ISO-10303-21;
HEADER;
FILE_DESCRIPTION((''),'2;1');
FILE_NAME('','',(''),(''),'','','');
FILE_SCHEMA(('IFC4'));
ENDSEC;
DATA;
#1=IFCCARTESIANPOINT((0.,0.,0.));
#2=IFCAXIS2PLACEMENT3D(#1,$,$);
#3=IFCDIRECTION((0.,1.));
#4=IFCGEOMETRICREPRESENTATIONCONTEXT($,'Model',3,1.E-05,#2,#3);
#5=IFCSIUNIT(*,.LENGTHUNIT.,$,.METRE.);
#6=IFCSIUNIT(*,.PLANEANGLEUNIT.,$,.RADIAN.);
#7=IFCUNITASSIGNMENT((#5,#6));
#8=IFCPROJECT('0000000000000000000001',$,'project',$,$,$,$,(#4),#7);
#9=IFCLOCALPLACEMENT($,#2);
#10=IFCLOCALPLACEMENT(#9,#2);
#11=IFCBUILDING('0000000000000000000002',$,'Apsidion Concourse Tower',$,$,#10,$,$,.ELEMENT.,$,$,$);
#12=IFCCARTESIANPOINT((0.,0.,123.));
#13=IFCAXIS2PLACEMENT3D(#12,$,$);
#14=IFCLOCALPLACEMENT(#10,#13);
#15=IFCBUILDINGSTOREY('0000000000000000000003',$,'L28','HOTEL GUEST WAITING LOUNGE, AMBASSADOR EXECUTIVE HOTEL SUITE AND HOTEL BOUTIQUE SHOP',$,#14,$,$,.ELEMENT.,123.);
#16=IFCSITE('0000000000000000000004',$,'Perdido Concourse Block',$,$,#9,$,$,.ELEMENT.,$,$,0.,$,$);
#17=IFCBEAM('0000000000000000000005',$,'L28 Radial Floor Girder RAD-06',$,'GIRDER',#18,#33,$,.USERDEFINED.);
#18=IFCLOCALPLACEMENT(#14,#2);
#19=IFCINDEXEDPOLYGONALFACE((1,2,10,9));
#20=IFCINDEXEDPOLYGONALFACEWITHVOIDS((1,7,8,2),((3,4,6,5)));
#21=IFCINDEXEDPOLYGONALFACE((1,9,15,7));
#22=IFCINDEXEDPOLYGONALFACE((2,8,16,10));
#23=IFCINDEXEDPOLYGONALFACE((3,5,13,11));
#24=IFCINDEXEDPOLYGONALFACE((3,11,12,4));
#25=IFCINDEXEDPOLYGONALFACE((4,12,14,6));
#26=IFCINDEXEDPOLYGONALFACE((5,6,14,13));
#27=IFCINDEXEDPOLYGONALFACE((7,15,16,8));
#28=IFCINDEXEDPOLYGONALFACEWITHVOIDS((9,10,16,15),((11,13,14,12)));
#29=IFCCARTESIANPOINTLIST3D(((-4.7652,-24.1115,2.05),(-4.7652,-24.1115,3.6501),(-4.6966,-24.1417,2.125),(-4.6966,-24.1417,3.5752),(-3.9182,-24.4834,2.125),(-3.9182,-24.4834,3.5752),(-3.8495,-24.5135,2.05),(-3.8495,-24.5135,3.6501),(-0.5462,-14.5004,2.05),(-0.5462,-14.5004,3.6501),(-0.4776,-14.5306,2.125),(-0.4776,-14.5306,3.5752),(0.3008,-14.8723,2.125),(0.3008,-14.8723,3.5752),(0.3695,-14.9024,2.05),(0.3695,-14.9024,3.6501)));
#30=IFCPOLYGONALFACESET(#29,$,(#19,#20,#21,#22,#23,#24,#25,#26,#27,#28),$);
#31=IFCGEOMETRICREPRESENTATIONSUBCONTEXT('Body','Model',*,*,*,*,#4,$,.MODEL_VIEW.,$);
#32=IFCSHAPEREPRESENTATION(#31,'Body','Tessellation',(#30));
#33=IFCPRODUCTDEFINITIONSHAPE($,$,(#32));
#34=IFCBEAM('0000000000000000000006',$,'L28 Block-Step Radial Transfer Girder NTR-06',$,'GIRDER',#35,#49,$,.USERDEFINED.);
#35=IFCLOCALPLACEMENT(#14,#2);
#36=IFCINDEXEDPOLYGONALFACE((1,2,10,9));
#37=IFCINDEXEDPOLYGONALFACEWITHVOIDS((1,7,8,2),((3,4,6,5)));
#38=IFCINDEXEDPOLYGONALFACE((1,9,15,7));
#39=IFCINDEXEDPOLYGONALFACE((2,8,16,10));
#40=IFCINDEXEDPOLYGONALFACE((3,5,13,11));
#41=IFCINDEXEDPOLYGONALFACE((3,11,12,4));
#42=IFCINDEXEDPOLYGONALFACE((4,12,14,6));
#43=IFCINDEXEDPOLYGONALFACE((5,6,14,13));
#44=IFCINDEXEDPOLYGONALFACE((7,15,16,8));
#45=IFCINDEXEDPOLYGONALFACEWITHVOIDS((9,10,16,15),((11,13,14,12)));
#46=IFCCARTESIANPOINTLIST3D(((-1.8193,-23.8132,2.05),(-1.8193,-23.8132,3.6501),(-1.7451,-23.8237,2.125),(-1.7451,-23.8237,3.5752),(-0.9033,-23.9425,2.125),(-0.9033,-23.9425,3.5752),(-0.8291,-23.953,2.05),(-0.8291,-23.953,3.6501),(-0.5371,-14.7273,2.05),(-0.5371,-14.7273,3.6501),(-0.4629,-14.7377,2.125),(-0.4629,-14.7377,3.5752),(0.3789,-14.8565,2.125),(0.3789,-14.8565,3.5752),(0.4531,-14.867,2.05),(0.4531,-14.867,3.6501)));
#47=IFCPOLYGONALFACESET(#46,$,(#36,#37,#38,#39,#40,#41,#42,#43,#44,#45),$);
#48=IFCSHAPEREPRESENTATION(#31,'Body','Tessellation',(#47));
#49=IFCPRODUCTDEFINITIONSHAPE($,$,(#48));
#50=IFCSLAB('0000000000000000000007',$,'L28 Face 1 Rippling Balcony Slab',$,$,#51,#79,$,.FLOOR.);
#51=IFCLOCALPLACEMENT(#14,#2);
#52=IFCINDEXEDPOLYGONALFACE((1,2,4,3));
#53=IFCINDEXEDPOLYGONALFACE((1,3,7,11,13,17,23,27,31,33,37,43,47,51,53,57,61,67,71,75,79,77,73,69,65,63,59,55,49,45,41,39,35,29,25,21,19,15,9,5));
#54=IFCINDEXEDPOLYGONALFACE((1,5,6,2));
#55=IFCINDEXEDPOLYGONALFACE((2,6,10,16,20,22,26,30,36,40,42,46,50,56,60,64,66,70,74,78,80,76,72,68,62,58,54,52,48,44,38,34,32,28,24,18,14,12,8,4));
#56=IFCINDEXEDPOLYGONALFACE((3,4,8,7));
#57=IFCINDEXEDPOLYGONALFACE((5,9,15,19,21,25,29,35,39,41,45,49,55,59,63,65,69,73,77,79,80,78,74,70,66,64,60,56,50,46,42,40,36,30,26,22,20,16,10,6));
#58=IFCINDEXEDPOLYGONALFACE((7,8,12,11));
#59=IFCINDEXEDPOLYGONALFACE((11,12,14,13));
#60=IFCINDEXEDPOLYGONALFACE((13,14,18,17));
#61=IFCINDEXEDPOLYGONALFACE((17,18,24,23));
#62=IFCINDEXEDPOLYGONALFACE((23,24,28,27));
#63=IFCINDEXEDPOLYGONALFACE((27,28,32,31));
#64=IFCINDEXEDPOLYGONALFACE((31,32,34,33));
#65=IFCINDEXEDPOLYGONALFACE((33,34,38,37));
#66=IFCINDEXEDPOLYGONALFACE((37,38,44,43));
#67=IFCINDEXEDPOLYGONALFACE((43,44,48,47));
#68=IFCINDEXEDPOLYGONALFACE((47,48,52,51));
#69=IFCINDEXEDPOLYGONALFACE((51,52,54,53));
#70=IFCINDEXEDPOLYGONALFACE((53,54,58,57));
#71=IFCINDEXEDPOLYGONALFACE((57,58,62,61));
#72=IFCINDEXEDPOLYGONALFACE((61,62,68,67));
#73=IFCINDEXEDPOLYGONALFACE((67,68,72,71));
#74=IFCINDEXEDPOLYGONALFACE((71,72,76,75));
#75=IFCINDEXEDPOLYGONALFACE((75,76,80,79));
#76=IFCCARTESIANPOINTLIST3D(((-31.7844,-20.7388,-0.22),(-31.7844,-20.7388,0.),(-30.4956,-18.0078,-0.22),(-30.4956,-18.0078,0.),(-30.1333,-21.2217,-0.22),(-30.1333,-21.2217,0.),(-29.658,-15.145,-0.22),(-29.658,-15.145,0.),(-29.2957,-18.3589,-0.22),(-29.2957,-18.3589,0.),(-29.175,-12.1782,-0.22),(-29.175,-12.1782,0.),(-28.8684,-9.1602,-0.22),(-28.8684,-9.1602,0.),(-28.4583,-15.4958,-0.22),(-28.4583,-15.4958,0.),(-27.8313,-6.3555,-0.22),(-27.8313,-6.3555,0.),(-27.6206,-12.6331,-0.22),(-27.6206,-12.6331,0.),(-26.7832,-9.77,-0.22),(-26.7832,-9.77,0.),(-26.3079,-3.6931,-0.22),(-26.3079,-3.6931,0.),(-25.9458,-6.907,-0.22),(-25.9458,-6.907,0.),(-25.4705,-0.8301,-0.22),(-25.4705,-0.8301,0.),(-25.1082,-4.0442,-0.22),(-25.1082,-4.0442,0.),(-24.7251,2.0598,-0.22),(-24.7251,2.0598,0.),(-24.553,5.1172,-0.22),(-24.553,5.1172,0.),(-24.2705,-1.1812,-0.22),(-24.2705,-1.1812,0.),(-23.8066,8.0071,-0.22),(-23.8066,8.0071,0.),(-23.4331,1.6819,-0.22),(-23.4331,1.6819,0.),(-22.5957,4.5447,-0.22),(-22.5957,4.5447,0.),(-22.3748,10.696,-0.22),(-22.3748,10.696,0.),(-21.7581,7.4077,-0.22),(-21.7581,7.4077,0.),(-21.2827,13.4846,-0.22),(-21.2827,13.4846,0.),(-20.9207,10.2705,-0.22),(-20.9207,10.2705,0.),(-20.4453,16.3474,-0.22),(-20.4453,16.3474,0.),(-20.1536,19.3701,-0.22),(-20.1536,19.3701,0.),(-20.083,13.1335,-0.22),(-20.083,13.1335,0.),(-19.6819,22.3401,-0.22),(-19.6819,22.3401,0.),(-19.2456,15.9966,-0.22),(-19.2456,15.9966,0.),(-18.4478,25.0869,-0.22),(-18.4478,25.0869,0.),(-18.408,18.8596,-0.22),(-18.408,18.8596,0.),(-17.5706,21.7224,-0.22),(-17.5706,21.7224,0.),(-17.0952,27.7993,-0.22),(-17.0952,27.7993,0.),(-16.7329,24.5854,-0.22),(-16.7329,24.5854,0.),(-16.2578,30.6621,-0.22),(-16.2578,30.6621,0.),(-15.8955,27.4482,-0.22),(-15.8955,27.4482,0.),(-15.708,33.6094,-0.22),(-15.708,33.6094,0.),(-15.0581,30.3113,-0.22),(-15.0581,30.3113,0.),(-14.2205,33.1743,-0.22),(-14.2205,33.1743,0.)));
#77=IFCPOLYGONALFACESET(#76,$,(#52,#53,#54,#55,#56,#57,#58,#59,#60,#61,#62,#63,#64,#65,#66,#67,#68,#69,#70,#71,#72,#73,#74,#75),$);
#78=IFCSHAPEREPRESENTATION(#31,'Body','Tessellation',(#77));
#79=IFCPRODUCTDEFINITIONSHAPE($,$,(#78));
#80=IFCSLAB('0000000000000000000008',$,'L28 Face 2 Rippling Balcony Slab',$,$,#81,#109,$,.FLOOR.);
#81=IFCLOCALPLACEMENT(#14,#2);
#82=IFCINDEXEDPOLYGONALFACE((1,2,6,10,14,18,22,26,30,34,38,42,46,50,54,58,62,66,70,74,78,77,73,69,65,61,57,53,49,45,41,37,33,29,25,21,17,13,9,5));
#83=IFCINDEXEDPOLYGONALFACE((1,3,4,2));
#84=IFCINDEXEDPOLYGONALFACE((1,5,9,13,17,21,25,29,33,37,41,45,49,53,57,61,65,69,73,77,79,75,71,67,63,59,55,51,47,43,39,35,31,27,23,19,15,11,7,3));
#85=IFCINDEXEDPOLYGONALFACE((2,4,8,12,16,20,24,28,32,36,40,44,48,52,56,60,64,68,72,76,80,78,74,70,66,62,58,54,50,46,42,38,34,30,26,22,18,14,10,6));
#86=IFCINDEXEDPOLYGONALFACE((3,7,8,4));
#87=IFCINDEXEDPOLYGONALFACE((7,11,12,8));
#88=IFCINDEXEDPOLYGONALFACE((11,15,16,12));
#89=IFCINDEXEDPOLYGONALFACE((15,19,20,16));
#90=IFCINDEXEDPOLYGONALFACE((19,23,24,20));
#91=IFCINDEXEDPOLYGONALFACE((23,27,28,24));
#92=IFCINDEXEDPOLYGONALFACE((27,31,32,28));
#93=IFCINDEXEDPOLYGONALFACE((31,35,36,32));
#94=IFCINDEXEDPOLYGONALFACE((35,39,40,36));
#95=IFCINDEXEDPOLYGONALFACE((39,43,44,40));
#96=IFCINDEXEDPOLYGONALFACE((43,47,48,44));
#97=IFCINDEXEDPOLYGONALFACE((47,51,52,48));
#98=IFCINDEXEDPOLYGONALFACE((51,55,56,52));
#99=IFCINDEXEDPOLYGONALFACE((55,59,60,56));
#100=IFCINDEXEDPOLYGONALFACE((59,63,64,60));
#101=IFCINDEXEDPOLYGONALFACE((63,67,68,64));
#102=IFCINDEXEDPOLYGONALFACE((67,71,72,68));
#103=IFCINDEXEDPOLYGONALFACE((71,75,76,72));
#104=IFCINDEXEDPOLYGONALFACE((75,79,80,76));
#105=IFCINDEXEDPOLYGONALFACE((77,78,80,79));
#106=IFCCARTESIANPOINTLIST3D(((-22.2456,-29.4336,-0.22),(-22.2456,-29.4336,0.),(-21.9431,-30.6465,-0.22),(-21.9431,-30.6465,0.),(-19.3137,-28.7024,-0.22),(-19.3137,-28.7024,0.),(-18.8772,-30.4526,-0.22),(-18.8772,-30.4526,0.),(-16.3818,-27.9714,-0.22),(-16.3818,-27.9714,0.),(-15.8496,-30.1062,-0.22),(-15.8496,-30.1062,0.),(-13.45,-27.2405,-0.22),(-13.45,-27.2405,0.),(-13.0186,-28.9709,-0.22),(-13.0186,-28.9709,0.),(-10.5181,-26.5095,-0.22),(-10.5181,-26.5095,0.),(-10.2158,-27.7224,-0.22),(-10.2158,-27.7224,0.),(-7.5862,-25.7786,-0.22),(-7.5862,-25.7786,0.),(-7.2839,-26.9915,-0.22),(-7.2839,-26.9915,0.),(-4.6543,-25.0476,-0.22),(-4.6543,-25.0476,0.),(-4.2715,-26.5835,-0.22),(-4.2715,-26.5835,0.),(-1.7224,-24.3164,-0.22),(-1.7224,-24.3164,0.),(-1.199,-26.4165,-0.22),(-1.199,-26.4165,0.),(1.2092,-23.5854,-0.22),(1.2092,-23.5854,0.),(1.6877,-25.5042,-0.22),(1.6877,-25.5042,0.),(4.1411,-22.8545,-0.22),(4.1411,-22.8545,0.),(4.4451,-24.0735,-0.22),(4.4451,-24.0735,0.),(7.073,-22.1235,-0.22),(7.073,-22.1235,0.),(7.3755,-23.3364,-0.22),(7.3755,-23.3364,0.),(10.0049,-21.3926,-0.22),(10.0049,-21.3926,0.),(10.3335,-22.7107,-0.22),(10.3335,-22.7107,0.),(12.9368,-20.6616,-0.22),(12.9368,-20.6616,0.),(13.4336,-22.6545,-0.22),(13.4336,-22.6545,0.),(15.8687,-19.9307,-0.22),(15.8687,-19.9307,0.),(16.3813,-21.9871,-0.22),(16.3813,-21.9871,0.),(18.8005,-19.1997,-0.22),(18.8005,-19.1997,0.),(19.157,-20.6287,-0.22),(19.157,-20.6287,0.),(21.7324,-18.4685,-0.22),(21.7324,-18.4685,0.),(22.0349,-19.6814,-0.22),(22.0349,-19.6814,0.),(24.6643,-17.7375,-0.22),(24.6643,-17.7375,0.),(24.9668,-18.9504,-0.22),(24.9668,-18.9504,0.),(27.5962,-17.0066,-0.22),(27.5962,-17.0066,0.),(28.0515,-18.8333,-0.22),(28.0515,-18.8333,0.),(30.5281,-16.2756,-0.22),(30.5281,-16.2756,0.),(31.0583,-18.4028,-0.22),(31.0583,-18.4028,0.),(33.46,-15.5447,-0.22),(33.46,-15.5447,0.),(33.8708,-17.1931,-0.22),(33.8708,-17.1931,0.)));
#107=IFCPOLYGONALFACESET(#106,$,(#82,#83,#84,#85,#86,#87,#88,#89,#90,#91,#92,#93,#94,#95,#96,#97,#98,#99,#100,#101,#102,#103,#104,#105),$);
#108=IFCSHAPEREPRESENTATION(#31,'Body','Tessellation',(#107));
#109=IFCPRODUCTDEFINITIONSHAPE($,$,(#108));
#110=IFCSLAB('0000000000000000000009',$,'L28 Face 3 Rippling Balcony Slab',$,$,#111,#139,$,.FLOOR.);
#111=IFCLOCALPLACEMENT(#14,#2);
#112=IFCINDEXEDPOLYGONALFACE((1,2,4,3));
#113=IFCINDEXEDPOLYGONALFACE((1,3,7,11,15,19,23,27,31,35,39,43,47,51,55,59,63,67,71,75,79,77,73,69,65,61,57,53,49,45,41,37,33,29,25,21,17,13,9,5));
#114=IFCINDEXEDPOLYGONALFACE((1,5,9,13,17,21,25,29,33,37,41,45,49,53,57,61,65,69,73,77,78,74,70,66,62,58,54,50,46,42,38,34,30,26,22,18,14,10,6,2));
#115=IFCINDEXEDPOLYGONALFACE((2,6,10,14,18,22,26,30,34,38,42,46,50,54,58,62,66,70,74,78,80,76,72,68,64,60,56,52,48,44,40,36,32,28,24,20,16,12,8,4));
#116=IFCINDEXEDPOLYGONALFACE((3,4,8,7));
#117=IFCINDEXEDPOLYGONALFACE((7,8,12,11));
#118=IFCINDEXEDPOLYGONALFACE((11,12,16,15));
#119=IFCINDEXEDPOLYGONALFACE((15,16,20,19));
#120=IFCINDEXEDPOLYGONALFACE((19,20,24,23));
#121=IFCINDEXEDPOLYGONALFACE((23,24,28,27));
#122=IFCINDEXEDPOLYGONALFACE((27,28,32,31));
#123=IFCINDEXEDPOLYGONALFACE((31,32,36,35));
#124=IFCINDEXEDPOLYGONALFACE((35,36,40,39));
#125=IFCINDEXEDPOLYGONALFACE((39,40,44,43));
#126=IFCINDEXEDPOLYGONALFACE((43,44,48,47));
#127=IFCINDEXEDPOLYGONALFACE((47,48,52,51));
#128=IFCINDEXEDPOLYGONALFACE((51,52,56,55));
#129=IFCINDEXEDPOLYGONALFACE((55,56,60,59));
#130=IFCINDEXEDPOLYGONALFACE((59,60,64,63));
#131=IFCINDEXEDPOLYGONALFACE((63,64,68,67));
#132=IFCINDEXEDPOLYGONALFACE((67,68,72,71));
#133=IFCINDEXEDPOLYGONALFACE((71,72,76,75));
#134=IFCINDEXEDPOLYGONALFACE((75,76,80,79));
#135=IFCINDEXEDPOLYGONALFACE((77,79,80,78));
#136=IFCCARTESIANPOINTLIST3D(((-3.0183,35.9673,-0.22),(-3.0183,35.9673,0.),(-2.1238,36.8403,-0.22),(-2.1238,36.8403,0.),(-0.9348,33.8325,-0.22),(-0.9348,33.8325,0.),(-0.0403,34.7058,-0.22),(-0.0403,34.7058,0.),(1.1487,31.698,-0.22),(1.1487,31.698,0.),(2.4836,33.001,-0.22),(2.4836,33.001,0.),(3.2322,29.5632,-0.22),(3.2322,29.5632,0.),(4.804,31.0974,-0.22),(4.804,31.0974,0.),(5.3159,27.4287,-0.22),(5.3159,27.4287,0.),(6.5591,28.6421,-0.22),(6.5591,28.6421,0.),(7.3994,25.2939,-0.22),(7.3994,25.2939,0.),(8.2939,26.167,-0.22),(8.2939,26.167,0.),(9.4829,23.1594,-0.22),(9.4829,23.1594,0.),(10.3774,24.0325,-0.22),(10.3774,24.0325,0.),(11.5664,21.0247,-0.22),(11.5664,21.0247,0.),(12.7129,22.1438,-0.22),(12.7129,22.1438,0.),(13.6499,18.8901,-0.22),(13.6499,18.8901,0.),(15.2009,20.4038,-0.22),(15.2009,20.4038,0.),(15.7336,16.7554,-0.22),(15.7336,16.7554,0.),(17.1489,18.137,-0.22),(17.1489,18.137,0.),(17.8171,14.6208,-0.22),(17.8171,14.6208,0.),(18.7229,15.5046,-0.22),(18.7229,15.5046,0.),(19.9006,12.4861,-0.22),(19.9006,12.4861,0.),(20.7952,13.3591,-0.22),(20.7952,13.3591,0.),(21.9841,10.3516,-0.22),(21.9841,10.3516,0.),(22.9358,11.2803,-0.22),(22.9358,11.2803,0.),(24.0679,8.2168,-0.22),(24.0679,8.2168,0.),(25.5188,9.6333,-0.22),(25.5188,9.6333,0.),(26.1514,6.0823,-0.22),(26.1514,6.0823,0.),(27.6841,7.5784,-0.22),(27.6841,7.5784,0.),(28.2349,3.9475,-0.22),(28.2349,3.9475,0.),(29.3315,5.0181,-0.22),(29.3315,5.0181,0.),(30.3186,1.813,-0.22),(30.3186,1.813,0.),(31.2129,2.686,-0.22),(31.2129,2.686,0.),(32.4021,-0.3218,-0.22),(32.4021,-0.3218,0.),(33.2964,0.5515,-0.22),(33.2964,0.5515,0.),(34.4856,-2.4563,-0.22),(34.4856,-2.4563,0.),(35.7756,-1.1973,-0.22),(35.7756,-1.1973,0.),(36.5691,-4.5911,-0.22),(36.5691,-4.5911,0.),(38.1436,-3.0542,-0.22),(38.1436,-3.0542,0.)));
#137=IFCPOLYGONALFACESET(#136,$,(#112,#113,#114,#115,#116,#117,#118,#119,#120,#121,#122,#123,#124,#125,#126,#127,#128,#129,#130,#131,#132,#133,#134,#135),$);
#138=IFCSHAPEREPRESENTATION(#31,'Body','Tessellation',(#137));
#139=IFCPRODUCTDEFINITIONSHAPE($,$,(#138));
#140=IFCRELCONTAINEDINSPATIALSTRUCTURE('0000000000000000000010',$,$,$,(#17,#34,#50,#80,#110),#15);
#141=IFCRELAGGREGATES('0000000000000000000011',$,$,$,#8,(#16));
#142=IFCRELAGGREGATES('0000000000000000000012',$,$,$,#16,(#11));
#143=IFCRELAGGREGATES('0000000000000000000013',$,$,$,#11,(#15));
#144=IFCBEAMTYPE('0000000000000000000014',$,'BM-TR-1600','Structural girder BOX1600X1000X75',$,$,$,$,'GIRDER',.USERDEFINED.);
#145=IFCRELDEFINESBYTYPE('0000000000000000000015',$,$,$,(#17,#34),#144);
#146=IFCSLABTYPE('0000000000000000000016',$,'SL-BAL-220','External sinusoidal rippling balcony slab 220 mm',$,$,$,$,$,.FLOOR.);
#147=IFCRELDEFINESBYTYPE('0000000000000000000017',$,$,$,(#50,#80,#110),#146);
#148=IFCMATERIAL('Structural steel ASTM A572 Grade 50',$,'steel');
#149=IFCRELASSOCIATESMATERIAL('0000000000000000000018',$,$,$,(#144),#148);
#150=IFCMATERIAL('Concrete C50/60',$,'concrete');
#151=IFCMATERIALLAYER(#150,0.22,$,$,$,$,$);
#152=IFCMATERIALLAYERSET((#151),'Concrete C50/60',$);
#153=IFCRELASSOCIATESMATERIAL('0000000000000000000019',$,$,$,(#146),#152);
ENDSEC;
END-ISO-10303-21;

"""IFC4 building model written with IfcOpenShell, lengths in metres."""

from ifc_helpers import new_model, si_unit, direction, frame, origin, origin_2d, place, context, subcontext, project, spatial, polyline, hollow_rectangle, outline, extrude, material, layer, layer_set, material_profile, profile_set, type_object, element, save


model = new_model("IFC4")

# Units and contexts
model_context = context("Model", 3, precision=1e-05, world=origin(), true_north=direction((0.0, 1.0)))
body_context = subcontext(model_context, "Body", "Model", "MODEL_VIEW")
ifc_project = project(units=[si_unit("LENGTHUNIT", "METRE"), si_unit("PLANEANGLEUNIT", "RADIAN")], contexts=[model_context])

# Site, building, storey
site_placement = place(None, origin())
site = spatial("IfcSite", under=ifc_project, at=site_placement, Name="Perdido Concourse Block", CompositionType="ELEMENT", RefElevation=0.0)
building_placement = place(site_placement, origin())
building = spatial("IfcBuilding", under=site, at=building_placement, Name="Apsidion Concourse Tower", CompositionType="ELEMENT")
storey_placement = place(building_placement, frame((0.0, 0.0, 123.0)))
storey = spatial("IfcBuildingStorey", under=building, at=storey_placement, Name="L28", Description="HOTEL GUEST WAITING LOUNGE, AMBASSADOR EXECUTIVE HOTEL SUITE AND HOTEL BOUTIQUE SHOP", CompositionType="ELEMENT", Elevation=123.0)

# Shared definitions
ifc_material_1 = material(Name="Concrete C50/60", Category="concrete")

# Beams
ifc_material_2 = material(Name="Structural steel ASTM A572 Grade 50", Category="steel")
ifc_material_profile_1 = material_profile(ifc_material_2, hollow_rectangle(XDim=1.0, YDim=1.6001, WallThickness=0.075, at=origin_2d()), Name="BOX1600X1000X75")
ifc_profile_set_1 = profile_set([ifc_material_profile_1], Name="Structural steel ASTM A572 Grade 50")
beam_type_1 = type_object("IfcBeamType", Name="BM-TR-1600", Description="Structural girder BOX1600X1000X75", ElementType="GIRDER", PredefinedType="USERDEFINED", material=ifc_profile_set_1)
beam_1_placement = place(storey_placement, frame((-0.0884, -14.7014, 2.8501), z_axis=(-0.40195, -0.915662, 0.0), x_axis=(0.915662, -0.40195, 0.0)))
element("IfcBeam", 1, at=beam_1_placement, inside=storey, type_object=beam_type_1, Name="L28 Radial Floor Girder RAD-06", ObjectType="GIRDER", PredefinedType="USERDEFINED", context=body_context, shape_type="SweptSolid", body=[
    extrude(hollow_rectangle(XDim=1.0, YDim=1.6001, WallThickness=0.075, at=origin_2d()), origin(), (0.0, 0.0, 1.0), 10.4963),
])
beam_2_placement = place(storey_placement, frame((-0.042, -14.7971, 2.8501), z_axis=(-0.139737, -0.990189, 0.0), x_axis=(0.990189, -0.139737, 0.0)))
element("IfcBeam", 2, at=beam_2_placement, inside=storey, type_object=beam_type_1, Name="L28 Block-Step Radial Transfer Girder NTR-06", ObjectType="GIRDER", PredefinedType="USERDEFINED", context=body_context, shape_type="SweptSolid", body=[
    extrude(hollow_rectangle(XDim=1.0, YDim=1.6001, WallThickness=0.075, at=origin_2d()), origin(), (0.0, 0.0, 1.0), 9.176),
])

# Slabs
ifc_layer_1 = layer(ifc_material_1, 0.22)
ifc_layer_set_1 = layer_set([ifc_layer_1], Name="Concrete C50/60")
slab_type_1 = type_object("IfcSlabType", Name="SL-BAL-220", Description="External sinusoidal rippling balcony slab 220 mm", PredefinedType="FLOOR", material=ifc_layer_set_1)
slab_1_placement = place(storey_placement, frame((0.0, 0.0, -0.22)))
element("IfcSlab", 3, at=slab_1_placement, inside=storey, type_object=slab_type_1, Name="L28 Face 1 Rippling Balcony Slab", PredefinedType="FLOOR", context=body_context, shape_type="SweptSolid", body=[
    extrude(outline(polyline([(-14.2205, 33.1743), (-15.0581, 30.3113), (-15.8955, 27.4482), (-16.7329, 24.5854), (-17.5706, 21.7224), (-18.408, 18.8596), (-19.2456, 15.9966), (-20.083, 13.1335), (-20.9207, 10.2705), (-21.7581, 7.4077), (-22.5957, 4.5447), (-23.4331, 1.6819), (-24.2705, -1.1812), (-25.1082, -4.0442), (-25.9458, -6.907), (-26.7832, -9.77), (-27.6206, -12.6331), (-28.4583, -15.4958), (-29.2957, -18.3589), (-30.1333, -21.2217), (-31.7844, -20.7388), (-30.4956, -18.0078), (-29.658, -15.145), (-29.175, -12.1782), (-28.8684, -9.1602), (-27.8313, -6.3555), (-26.3079, -3.6931), (-25.4705, -0.8301), (-24.7251, 2.0598), (-24.553, 5.1172), (-23.8066, 8.0071), (-22.3748, 10.696), (-21.2827, 13.4846), (-20.4453, 16.3474), (-20.1536, 19.3701), (-19.6819, 22.3401), (-18.4478, 25.0869), (-17.0952, 27.7993), (-16.2578, 30.6621), (-15.708, 33.6094), (-14.2205, 33.1743)])), origin(), (0.0, 0.0, 1.0), 0.22),
])
slab_2_placement = place(storey_placement, frame((0.0, 0.0, -0.22)))
element("IfcSlab", 4, at=slab_2_placement, inside=storey, type_object=slab_type_1, Name="L28 Face 2 Rippling Balcony Slab", PredefinedType="FLOOR", context=body_context, shape_type="SweptSolid", body=[
    extrude(outline(polyline([(-22.2456, -29.4336), (-19.3137, -28.7024), (-16.3818, -27.9714), (-13.45, -27.2405), (-10.5181, -26.5095), (-7.5862, -25.7786), (-4.6543, -25.0476), (-1.7224, -24.3164), (1.2092, -23.5854), (4.1411, -22.8545), (7.073, -22.1235), (10.0049, -21.3926), (12.9368, -20.6616), (15.8687, -19.9307), (18.8005, -19.1997), (21.7324, -18.4685), (24.6643, -17.7375), (27.5962, -17.0066), (30.5281, -16.2756), (33.46, -15.5447), (33.8708, -17.1931), (31.0583, -18.4028), (28.0515, -18.8333), (24.9668, -18.9504), (22.0349, -19.6814), (19.157, -20.6287), (16.3813, -21.9871), (13.4336, -22.6545), (10.3335, -22.7107), (7.3755, -23.3364), (4.4451, -24.0735), (1.6877, -25.5042), (-1.199, -26.4165), (-4.2715, -26.5835), (-7.2839, -26.9915), (-10.2158, -27.7224), (-13.0186, -28.9709), (-15.8496, -30.1062), (-18.8772, -30.4526), (-21.9431, -30.6465), (-22.2456, -29.4336)])), origin(), (0.0, 0.0, 1.0), 0.22),
])
slab_3_placement = place(storey_placement, frame((0.0, 0.0, -0.22)))
element("IfcSlab", 5, at=slab_3_placement, inside=storey, type_object=slab_type_1, Name="L28 Face 3 Rippling Balcony Slab", PredefinedType="FLOOR", context=body_context, shape_type="SweptSolid", body=[
    extrude(outline(polyline([(36.5691, -4.5911), (34.4856, -2.4563), (32.4021, -0.3218), (30.3186, 1.813), (28.2349, 3.9475), (26.1514, 6.0823), (24.0679, 8.2168), (21.9841, 10.3516), (19.9006, 12.4861), (17.8171, 14.6208), (15.7336, 16.7554), (13.6499, 18.8901), (11.5664, 21.0247), (9.4829, 23.1594), (7.3994, 25.2939), (5.3159, 27.4287), (3.2322, 29.5632), (1.1487, 31.698), (-0.9348, 33.8325), (-3.0183, 35.9673), (-2.1238, 36.8403), (-0.0403, 34.7058), (2.4836, 33.001), (4.804, 31.0974), (6.5591, 28.6421), (8.2939, 26.167), (10.3774, 24.0325), (12.7129, 22.1438), (15.2009, 20.4038), (17.1489, 18.137), (18.7229, 15.5046), (20.7952, 13.3591), (22.9358, 11.2803), (25.5188, 9.6333), (27.6841, 7.5784), (29.3315, 5.0181), (31.2129, 2.686), (33.2964, 0.5515), (35.7756, -1.1973), (38.1436, -3.0542), (36.5691, -4.5911)])), origin(), (0.0, 0.0, 1.0), 0.22),
])

save(model, "model.ifc")
